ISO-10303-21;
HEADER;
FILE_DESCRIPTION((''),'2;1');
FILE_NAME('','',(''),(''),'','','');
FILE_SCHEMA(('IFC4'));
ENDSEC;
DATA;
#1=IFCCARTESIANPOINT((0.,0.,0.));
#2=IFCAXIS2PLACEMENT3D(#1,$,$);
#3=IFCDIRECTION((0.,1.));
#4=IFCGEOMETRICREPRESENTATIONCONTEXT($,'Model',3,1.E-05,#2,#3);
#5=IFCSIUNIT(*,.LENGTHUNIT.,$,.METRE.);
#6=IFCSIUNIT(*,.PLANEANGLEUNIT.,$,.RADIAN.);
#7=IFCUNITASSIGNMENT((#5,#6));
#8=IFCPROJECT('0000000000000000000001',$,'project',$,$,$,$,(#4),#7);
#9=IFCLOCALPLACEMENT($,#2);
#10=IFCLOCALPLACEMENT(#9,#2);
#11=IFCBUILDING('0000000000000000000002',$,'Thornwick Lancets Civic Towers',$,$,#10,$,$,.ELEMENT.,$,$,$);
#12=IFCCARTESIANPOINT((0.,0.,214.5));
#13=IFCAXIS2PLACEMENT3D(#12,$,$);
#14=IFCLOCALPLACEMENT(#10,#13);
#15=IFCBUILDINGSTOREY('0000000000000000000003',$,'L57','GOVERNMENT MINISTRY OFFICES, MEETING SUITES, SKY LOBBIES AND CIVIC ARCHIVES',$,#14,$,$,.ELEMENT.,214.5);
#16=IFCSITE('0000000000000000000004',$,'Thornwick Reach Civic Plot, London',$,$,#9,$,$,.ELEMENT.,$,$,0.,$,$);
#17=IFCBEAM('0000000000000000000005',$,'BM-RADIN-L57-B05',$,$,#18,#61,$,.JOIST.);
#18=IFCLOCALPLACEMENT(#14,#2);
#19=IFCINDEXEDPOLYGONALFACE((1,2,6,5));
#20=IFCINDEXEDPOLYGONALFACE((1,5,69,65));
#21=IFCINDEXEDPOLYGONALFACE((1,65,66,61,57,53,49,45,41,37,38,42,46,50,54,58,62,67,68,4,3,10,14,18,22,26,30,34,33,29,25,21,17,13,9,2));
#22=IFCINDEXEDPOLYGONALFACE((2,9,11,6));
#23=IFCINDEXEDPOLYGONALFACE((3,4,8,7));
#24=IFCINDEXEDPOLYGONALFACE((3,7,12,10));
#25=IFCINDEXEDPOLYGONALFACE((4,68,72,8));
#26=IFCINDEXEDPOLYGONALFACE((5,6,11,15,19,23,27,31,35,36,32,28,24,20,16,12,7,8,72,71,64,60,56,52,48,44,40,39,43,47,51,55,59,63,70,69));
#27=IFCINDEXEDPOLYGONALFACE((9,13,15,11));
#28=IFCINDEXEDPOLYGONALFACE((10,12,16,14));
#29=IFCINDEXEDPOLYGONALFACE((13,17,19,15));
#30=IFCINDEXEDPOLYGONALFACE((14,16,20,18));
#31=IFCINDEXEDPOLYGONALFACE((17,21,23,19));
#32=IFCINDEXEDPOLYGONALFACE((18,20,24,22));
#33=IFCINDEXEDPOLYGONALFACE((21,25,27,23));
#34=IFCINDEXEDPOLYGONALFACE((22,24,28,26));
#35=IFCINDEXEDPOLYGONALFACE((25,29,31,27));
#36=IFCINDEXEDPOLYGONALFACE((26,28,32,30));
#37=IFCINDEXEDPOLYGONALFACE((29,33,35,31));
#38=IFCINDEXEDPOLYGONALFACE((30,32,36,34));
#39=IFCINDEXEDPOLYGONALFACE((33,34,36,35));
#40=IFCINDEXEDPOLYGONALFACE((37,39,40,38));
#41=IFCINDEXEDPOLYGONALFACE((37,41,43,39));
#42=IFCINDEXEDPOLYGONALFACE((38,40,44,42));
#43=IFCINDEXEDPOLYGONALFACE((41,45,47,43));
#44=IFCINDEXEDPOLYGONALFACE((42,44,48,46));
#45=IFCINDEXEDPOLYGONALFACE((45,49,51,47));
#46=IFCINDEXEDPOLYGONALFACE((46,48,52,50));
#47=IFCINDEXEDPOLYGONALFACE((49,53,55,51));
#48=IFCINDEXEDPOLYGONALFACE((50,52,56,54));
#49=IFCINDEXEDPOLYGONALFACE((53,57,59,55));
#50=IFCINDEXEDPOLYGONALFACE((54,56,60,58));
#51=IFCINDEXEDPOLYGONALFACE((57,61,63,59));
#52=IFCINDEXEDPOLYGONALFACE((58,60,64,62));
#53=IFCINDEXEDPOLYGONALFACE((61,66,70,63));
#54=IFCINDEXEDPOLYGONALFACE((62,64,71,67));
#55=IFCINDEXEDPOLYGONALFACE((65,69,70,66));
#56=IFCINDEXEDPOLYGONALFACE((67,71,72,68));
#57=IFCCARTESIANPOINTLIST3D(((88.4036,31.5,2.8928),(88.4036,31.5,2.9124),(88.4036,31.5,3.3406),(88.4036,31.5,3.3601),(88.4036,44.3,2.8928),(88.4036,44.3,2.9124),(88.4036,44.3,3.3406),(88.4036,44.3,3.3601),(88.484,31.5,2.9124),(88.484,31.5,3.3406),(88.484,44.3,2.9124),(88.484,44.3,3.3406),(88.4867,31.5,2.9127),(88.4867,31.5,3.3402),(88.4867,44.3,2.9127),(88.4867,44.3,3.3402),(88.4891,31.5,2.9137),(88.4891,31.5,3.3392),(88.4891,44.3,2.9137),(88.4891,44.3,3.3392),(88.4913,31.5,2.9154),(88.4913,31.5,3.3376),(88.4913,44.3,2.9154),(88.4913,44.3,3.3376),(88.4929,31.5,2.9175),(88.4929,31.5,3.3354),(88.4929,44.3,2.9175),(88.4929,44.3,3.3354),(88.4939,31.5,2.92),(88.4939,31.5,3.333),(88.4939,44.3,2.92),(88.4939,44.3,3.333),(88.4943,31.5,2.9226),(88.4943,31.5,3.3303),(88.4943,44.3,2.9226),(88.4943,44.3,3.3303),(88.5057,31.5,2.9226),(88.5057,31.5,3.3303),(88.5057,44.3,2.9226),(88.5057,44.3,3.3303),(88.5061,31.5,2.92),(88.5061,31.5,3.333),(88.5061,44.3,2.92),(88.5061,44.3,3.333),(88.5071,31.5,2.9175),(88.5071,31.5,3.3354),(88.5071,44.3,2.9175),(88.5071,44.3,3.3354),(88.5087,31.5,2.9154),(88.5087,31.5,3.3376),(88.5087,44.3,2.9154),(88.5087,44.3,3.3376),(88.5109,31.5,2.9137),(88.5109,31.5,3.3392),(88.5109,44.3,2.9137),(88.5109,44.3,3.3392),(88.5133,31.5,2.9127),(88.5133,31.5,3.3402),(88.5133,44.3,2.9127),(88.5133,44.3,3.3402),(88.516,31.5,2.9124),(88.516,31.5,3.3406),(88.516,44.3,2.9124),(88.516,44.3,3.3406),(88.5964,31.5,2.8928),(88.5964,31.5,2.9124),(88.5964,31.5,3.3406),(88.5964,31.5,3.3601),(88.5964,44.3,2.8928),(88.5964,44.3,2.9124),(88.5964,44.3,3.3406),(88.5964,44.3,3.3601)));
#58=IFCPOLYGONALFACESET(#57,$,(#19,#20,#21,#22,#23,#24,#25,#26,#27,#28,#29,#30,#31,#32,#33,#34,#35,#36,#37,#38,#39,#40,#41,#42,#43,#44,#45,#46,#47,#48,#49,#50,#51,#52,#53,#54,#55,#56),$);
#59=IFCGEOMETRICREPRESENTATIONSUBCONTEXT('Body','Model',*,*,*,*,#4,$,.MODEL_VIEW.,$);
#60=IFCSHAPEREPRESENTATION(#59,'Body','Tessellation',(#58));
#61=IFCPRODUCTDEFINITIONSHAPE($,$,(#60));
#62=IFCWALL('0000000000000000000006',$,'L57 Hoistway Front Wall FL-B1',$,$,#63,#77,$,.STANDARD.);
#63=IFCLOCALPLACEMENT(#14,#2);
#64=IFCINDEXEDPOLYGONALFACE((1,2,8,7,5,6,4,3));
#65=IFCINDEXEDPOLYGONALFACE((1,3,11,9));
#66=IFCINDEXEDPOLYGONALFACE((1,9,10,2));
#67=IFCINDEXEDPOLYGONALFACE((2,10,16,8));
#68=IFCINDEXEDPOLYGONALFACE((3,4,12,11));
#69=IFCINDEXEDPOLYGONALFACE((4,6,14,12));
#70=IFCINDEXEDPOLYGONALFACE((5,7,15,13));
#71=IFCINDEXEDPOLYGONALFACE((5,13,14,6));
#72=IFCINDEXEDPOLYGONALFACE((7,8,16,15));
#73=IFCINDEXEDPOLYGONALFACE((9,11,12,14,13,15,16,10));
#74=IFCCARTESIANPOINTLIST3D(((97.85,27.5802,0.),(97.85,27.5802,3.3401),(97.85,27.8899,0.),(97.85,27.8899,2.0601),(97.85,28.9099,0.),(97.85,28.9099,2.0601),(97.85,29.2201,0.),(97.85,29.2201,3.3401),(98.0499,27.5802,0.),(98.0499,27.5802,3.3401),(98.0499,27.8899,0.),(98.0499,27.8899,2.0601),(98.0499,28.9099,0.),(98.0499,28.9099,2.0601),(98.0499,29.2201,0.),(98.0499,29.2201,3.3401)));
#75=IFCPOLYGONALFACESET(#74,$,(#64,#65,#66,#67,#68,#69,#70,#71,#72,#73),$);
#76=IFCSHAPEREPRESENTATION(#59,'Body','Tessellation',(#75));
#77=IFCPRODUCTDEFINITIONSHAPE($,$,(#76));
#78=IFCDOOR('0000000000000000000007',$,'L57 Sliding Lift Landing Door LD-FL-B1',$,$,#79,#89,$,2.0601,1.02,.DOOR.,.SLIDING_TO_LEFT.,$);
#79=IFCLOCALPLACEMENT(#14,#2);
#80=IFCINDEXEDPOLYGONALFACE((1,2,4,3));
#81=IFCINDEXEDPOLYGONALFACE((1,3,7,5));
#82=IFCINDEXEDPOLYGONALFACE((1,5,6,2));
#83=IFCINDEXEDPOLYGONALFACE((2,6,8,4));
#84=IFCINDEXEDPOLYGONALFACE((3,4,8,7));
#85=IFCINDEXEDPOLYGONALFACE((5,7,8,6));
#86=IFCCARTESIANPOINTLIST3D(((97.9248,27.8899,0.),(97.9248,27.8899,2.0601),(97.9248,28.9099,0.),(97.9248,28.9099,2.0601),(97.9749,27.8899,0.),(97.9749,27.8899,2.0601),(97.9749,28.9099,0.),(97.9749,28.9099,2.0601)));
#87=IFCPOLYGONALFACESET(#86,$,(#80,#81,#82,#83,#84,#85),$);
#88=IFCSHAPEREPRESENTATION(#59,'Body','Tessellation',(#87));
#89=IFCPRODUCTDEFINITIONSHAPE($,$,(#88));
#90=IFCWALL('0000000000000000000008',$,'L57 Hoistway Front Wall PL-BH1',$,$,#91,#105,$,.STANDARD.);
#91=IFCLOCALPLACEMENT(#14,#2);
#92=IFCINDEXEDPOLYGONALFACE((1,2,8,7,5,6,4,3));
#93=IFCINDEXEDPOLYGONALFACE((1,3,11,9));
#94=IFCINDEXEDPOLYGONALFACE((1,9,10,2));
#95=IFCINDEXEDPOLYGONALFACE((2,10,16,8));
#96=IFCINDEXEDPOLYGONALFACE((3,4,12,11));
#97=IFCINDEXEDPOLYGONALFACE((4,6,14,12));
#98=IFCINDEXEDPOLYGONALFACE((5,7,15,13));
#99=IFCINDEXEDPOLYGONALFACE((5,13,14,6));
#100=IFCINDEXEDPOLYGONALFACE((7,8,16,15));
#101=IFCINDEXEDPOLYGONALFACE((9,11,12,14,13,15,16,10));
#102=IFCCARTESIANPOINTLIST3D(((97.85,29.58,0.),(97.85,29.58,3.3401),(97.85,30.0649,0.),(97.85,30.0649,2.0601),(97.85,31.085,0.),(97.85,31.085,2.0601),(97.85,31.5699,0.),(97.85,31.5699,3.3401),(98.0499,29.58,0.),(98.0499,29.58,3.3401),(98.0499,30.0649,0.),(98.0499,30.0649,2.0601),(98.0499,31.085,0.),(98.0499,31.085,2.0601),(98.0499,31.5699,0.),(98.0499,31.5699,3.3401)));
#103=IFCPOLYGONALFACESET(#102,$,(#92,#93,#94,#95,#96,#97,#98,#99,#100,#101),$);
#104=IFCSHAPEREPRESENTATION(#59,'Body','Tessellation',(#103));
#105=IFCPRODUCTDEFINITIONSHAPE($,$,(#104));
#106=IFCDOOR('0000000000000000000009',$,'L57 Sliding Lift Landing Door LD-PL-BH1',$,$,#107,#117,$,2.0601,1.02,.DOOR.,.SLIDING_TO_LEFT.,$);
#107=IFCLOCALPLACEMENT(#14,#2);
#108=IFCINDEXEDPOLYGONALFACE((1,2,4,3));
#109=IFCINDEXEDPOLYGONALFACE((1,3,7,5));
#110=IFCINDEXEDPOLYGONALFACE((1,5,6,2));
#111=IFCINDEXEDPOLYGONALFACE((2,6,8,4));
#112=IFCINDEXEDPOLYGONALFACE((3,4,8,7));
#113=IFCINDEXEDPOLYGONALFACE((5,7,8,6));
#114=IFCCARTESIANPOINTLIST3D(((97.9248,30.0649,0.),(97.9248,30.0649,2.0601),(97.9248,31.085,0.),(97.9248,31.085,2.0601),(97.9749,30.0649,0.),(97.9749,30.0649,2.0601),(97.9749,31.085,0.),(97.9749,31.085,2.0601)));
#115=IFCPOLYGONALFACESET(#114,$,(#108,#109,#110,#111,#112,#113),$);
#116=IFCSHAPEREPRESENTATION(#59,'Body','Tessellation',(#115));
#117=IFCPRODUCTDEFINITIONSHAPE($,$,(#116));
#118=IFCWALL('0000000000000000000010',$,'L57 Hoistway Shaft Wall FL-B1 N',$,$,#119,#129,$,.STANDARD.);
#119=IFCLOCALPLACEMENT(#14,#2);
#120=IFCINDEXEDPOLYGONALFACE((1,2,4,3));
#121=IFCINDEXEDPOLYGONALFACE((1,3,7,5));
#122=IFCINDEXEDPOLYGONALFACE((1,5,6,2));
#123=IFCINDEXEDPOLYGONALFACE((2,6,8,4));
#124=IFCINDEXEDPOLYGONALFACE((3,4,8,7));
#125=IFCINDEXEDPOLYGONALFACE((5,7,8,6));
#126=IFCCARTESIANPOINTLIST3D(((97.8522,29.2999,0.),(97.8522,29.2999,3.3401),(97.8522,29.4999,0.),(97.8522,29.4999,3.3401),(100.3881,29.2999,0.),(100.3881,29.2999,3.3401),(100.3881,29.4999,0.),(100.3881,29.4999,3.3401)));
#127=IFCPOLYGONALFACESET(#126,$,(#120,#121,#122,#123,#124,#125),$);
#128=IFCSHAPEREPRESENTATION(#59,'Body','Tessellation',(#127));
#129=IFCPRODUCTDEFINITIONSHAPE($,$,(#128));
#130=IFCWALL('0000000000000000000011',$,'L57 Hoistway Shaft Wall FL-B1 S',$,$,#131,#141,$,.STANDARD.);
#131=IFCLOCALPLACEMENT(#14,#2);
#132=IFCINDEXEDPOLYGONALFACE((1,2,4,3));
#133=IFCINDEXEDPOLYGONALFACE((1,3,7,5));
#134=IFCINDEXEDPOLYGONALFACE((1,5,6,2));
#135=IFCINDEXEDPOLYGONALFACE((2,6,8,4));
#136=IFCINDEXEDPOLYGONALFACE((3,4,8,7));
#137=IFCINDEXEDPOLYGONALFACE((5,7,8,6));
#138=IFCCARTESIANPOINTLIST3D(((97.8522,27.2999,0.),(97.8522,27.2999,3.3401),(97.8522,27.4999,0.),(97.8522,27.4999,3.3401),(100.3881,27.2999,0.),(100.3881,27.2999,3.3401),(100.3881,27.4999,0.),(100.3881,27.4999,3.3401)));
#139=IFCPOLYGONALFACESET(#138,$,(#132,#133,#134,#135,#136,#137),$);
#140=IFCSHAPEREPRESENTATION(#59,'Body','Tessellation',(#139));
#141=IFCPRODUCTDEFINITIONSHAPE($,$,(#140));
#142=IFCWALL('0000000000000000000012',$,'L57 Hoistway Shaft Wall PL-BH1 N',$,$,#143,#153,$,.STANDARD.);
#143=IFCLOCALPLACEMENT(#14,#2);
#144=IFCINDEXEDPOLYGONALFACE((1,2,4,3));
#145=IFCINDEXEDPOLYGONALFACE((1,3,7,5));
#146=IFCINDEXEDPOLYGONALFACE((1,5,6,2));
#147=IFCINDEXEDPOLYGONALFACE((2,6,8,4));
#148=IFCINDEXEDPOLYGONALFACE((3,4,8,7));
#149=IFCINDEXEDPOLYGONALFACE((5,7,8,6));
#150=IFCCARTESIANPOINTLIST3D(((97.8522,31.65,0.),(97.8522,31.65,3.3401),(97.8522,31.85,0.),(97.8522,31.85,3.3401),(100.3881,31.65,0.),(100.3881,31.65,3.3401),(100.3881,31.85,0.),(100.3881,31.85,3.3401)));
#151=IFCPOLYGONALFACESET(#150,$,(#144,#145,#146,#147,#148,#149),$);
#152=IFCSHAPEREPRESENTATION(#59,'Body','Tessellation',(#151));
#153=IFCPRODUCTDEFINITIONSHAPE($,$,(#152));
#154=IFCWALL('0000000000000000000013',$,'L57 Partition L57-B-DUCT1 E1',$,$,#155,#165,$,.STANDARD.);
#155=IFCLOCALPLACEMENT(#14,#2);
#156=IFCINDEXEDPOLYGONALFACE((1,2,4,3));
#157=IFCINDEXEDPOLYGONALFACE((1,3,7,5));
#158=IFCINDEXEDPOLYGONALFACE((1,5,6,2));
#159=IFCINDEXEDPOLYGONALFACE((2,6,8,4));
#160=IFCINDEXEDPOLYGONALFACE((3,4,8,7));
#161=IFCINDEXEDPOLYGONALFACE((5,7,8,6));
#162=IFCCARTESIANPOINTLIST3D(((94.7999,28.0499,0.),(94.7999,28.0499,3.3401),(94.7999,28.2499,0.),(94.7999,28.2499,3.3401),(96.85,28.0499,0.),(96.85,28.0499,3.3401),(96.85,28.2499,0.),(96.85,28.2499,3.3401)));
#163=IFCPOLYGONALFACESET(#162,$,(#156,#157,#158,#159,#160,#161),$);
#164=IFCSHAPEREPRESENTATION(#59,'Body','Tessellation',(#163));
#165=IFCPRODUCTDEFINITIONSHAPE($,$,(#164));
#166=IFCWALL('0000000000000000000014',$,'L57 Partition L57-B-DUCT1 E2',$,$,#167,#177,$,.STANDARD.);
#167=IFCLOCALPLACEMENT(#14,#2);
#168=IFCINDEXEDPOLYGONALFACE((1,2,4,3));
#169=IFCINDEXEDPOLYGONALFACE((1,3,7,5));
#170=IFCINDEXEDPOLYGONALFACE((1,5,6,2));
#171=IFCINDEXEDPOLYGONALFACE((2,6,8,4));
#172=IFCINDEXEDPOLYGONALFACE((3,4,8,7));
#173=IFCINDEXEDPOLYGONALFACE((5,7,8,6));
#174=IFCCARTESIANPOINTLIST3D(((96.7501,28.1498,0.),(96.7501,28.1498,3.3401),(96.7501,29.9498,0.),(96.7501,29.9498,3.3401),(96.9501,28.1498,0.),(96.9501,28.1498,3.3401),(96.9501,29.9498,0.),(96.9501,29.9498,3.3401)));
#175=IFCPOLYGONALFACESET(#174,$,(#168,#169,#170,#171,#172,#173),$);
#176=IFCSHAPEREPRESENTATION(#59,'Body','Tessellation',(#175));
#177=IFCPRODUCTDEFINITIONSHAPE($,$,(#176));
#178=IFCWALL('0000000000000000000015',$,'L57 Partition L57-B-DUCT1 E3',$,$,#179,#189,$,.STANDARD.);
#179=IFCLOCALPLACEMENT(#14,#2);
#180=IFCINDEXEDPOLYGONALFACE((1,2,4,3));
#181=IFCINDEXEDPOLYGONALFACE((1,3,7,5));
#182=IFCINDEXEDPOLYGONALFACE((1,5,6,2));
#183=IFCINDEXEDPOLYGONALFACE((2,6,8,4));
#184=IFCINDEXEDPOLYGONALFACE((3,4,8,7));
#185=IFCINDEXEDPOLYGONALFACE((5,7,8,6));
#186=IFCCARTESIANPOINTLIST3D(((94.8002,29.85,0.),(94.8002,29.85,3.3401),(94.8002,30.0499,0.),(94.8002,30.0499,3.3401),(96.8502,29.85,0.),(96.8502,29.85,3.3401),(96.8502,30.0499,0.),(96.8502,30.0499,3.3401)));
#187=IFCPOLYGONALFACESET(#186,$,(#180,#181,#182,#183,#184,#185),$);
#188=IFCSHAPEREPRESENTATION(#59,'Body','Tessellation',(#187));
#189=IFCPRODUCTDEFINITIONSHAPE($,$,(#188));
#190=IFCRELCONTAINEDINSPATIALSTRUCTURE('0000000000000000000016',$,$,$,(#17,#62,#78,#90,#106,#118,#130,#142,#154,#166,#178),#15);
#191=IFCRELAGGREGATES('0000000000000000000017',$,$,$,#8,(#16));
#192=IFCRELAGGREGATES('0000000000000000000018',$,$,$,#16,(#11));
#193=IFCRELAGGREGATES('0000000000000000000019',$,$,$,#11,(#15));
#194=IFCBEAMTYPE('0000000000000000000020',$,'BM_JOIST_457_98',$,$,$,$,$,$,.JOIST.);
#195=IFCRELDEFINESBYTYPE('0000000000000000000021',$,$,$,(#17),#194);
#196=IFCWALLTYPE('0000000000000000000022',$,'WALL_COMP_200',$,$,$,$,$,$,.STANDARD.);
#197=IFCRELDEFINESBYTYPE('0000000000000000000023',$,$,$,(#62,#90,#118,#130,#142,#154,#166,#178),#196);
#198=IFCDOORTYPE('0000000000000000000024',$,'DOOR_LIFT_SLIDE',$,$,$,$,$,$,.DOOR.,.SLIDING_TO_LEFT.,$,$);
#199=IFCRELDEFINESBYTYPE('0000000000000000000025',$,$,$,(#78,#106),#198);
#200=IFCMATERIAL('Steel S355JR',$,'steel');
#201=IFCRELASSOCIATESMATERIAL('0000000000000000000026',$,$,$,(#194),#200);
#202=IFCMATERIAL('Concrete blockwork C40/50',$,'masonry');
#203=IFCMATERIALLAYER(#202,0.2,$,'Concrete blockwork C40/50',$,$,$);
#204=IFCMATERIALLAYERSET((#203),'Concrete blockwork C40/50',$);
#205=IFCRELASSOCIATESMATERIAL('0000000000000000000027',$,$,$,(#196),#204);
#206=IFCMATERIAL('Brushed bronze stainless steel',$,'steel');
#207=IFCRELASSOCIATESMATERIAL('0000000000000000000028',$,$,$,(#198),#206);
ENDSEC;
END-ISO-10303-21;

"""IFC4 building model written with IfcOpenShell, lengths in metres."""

from ifc_helpers import new_model, si_unit, direction, frame, frame_2d, origin, origin_2d, place, context, subcontext, project, spatial, rectangle, i_section, extrude, material, layer, layer_set, material_profile, profile_set, type_object, element, fill, save


model = new_model("IFC4")

# Units and contexts
model_context = context("Model", 3, precision=1e-05, world=origin(), true_north=direction((0.0, 1.0)))
body_context = subcontext(model_context, "Body", "Model", "MODEL_VIEW")
ifc_project = project(units=[si_unit("LENGTHUNIT", "METRE"), si_unit("PLANEANGLEUNIT", "RADIAN")], contexts=[model_context])

# Site, building, storey
site_placement = place(None, origin())
site = spatial("IfcSite", under=ifc_project, at=site_placement, Name="Thornwick Reach Civic Plot, London", CompositionType="ELEMENT", RefElevation=0.0)
building_placement = place(site_placement, origin())
building = spatial("IfcBuilding", under=site, at=building_placement, Name="Thornwick Lancets Civic Towers", CompositionType="ELEMENT")
storey_placement = place(building_placement, frame((0.0, 0.0, 214.5)))
storey = spatial("IfcBuildingStorey", under=building, at=storey_placement, Name="L57", Description="GOVERNMENT MINISTRY OFFICES, MEETING SUITES, SKY LOBBIES AND CIVIC ARCHIVES", CompositionType="ELEMENT", Elevation=214.5)

# Beam
ifc_material_1 = material(Name="Steel S355JR", Category="steel")
ifc_material_profile_1 = material_profile(ifc_material_1, i_section(OverallWidth=0.1929, OverallDepth=0.4673, WebThickness=0.0115, FlangeThickness=0.0195, FilletRadius=0.0103, at=origin_2d()), Name="UKB 457x191x98")
ifc_profile_set_1 = profile_set([ifc_material_profile_1], Name="Steel S355JR")
beam_type_1 = type_object("IfcBeamType", Name="BM_JOIST_457_98", PredefinedType="JOIST", material=ifc_profile_set_1)
beam_1_placement = place(storey_placement, frame((88.5, 31.5, 3.1265), z_axis=(0.0, 1.0, 0.0), x_axis=(-1.0, 0.0, 0.0)))
element("IfcBeam", 1, at=beam_1_placement, inside=storey, type_object=beam_type_1, Name="BM-RADIN-L57-B05", PredefinedType="JOIST", context=body_context, shape_type="SweptSolid", body=[
    extrude(i_section(OverallWidth=0.1929, OverallDepth=0.4673, WebThickness=0.0115, FlangeThickness=0.0195, FilletRadius=0.0103, at=origin_2d()), origin(), (0.0, 0.0, 1.0), 12.8),
])

# Walls, openings, doors
ifc_material_2 = material(Name="Concrete blockwork C40/50", Category="masonry")
ifc_layer_1 = layer(ifc_material_2, 0.2, Name="Concrete blockwork C40/50")
ifc_layer_set_1 = layer_set([ifc_layer_1], Name="Concrete blockwork C40/50")
wall_type_1 = type_object("IfcWallType", Name="WALL_COMP_200", PredefinedType="STANDARD", material=ifc_layer_set_1)
wall_1_placement = place(storey_placement, frame((97.95, 29.22, 0.0), z_axis=(0.0, 0.0, 1.0), x_axis=(0.0, -1.0, 0.0)))
wall_1 = element("IfcWall", 2, at=wall_1_placement, inside=storey, type_object=wall_type_1, Name="L57 Hoistway Front Wall FL-B1", PredefinedType="STANDARD", context=body_context, shape_type="SweptSolid", body=[
    extrude(rectangle(XDim=1.6399, YDim=0.2, at=frame_2d((0.8198, 0.0))), origin(), (0.0, 0.0, 1.0), 3.3401),
])
opening_1_placement = place(wall_1_placement, frame((0.3101, 0.0, 0.0)))
opening_1 = element("IfcOpeningElement", 3, at=opening_1_placement, cuts=wall_1, PredefinedType="OPENING", context=body_context, shape_type="SweptSolid", body=[
    extrude(rectangle(XDim=1.02, YDim=2.0601, at=frame_2d((0.51, 1.03))), frame((0.0, 0.1099, 0.0), z_axis=(0.0, -1.0, 0.0), x_axis=(1.0, 0.0, 0.0)), (0.0, 0.0, 1.0), 0.22),
])
ifc_material_3 = material(Name="Brushed bronze stainless steel", Category="steel")
door_type_1 = type_object("IfcDoorType", Name="DOOR_LIFT_SLIDE", OperationType="SLIDING_TO_LEFT", PredefinedType="DOOR", material=ifc_material_3)
door_1_placement = place(opening_1_placement, origin())
door_1 = element("IfcDoor", 4, at=door_1_placement, inside=storey, type_object=door_type_1, Name="L57 Sliding Lift Landing Door LD-FL-B1", OperationType="SLIDING_TO_LEFT", OverallHeight=2.0601, OverallWidth=1.02, PredefinedType="DOOR", context=body_context, shape_type="SweptSolid", body=[
    extrude(rectangle(XDim=1.02, YDim=2.0601, at=frame_2d((0.51, 1.03))), frame((0.0, 0.0249, 0.0), z_axis=(0.0, -1.0, 0.0), x_axis=(1.0, 0.0, 0.0)), (0.0, 0.0, 1.0), 0.05),
])
fill(opening_1, door_1)
wall_2_placement = place(storey_placement, frame((97.95, 31.5701, 0.0), z_axis=(0.0, 0.0, 1.0), x_axis=(0.0, -1.0, 0.0)))
wall_2 = element("IfcWall", 5, at=wall_2_placement, inside=storey, type_object=wall_type_1, Name="L57 Hoistway Front Wall PL-BH1", PredefinedType="STANDARD", context=body_context, shape_type="SweptSolid", body=[
    extrude(rectangle(XDim=1.99, YDim=0.2, at=frame_2d((0.9951, 0.0))), origin(), (0.0, 0.0, 1.0), 3.3401),
])
opening_2_placement = place(wall_2_placement, frame((0.4851, 0.0, 0.0)))
opening_2 = element("IfcOpeningElement", 6, at=opening_2_placement, cuts=wall_2, PredefinedType="OPENING", context=body_context, shape_type="SweptSolid", body=[
    extrude(rectangle(XDim=1.02, YDim=2.0601, at=frame_2d((0.51, 1.03))), frame((0.0, 0.1099, 0.0), z_axis=(0.0, -1.0, 0.0), x_axis=(1.0, 0.0, 0.0)), (0.0, 0.0, 1.0), 0.22),
])
door_2_placement = place(opening_2_placement, origin())
door_2 = element("IfcDoor", 7, at=door_2_placement, inside=storey, type_object=door_type_1, Name="L57 Sliding Lift Landing Door LD-PL-BH1", OperationType="SLIDING_TO_LEFT", OverallHeight=2.0601, OverallWidth=1.02, PredefinedType="DOOR", context=body_context, shape_type="SweptSolid", body=[
    extrude(rectangle(XDim=1.02, YDim=2.0601, at=frame_2d((0.51, 1.03))), frame((0.0, 0.0249, 0.0), z_axis=(0.0, -1.0, 0.0), x_axis=(1.0, 0.0, 0.0)), (0.0, 0.0, 1.0), 0.05),
])
fill(opening_2, door_2)

# Walls
for number, where, z_axis, x_axis, name in (
    (8, (97.8521, 29.3999, 0.0), (0.0, 0.0, 1.0), (1.0, 0.0, 0.0), "L57 Hoistway Shaft Wall FL-B1 N"),
    (9, (97.8521, 27.3999, 0.0), (0.0, 0.0, 1.0), (1.0, 0.0, 0.0), "L57 Hoistway Shaft Wall FL-B1 S"),
    (10, (97.8521, 31.75, 0.0), (0.0, 0.0, 1.0), (1.0, 0.0, 0.0), "L57 Hoistway Shaft Wall PL-BH1 N"),
):
    element("IfcWall", number, at=place(storey_placement, frame(where, z_axis=z_axis, x_axis=x_axis)), inside=storey, type_object=wall_type_1, Name=name, PredefinedType="STANDARD", context=body_context, shape_type="SweptSolid", body=[
        extrude(rectangle(XDim=2.5359, YDim=0.2, at=frame_2d((1.2681, 0.0))), origin(), (0.0, 0.0, 1.0), 3.3401),
    ])
wall_3_placement = place(storey_placement, frame((94.8, 28.1499, 0.0), z_axis=(0.0, 0.0, 1.0), x_axis=(1.0, 0.0, 0.0)))
element("IfcWall", 11, at=wall_3_placement, inside=storey, type_object=wall_type_1, Name="L57 Partition L57-B-DUCT1 E1", PredefinedType="STANDARD", context=body_context, shape_type="SweptSolid", body=[
    extrude(rectangle(XDim=2.05, YDim=0.2, at=frame_2d((1.0249, 0.0))), origin(), (0.0, 0.0, 1.0), 3.3401),
])
wall_4_placement = place(storey_placement, frame((96.8501, 28.1499, 0.0), z_axis=(0.0, 0.0, 1.0), x_axis=(0.0, 1.0, 0.0)))
element("IfcWall", 12, at=wall_4_placement, inside=storey, type_object=wall_type_1, Name="L57 Partition L57-B-DUCT1 E2", PredefinedType="STANDARD", context=body_context, shape_type="SweptSolid", body=[
    extrude(rectangle(XDim=1.8, YDim=0.2, at=frame_2d((0.8999, 0.0))), origin(), (0.0, 0.0, 1.0), 3.3401),
])
wall_5_placement = place(storey_placement, frame((96.8501, 29.95, 0.0), z_axis=(0.0, 0.0, 1.0), x_axis=(-1.0, 0.0, 0.0)))
element("IfcWall", 13, at=wall_5_placement, inside=storey, type_object=wall_type_1, Name="L57 Partition L57-B-DUCT1 E3", PredefinedType="STANDARD", context=body_context, shape_type="SweptSolid", body=[
    extrude(rectangle(XDim=2.05, YDim=0.2, at=frame_2d((1.0249, 0.0))), origin(), (0.0, 0.0, 1.0), 3.3401),
])

save(model, "model.ifc")
